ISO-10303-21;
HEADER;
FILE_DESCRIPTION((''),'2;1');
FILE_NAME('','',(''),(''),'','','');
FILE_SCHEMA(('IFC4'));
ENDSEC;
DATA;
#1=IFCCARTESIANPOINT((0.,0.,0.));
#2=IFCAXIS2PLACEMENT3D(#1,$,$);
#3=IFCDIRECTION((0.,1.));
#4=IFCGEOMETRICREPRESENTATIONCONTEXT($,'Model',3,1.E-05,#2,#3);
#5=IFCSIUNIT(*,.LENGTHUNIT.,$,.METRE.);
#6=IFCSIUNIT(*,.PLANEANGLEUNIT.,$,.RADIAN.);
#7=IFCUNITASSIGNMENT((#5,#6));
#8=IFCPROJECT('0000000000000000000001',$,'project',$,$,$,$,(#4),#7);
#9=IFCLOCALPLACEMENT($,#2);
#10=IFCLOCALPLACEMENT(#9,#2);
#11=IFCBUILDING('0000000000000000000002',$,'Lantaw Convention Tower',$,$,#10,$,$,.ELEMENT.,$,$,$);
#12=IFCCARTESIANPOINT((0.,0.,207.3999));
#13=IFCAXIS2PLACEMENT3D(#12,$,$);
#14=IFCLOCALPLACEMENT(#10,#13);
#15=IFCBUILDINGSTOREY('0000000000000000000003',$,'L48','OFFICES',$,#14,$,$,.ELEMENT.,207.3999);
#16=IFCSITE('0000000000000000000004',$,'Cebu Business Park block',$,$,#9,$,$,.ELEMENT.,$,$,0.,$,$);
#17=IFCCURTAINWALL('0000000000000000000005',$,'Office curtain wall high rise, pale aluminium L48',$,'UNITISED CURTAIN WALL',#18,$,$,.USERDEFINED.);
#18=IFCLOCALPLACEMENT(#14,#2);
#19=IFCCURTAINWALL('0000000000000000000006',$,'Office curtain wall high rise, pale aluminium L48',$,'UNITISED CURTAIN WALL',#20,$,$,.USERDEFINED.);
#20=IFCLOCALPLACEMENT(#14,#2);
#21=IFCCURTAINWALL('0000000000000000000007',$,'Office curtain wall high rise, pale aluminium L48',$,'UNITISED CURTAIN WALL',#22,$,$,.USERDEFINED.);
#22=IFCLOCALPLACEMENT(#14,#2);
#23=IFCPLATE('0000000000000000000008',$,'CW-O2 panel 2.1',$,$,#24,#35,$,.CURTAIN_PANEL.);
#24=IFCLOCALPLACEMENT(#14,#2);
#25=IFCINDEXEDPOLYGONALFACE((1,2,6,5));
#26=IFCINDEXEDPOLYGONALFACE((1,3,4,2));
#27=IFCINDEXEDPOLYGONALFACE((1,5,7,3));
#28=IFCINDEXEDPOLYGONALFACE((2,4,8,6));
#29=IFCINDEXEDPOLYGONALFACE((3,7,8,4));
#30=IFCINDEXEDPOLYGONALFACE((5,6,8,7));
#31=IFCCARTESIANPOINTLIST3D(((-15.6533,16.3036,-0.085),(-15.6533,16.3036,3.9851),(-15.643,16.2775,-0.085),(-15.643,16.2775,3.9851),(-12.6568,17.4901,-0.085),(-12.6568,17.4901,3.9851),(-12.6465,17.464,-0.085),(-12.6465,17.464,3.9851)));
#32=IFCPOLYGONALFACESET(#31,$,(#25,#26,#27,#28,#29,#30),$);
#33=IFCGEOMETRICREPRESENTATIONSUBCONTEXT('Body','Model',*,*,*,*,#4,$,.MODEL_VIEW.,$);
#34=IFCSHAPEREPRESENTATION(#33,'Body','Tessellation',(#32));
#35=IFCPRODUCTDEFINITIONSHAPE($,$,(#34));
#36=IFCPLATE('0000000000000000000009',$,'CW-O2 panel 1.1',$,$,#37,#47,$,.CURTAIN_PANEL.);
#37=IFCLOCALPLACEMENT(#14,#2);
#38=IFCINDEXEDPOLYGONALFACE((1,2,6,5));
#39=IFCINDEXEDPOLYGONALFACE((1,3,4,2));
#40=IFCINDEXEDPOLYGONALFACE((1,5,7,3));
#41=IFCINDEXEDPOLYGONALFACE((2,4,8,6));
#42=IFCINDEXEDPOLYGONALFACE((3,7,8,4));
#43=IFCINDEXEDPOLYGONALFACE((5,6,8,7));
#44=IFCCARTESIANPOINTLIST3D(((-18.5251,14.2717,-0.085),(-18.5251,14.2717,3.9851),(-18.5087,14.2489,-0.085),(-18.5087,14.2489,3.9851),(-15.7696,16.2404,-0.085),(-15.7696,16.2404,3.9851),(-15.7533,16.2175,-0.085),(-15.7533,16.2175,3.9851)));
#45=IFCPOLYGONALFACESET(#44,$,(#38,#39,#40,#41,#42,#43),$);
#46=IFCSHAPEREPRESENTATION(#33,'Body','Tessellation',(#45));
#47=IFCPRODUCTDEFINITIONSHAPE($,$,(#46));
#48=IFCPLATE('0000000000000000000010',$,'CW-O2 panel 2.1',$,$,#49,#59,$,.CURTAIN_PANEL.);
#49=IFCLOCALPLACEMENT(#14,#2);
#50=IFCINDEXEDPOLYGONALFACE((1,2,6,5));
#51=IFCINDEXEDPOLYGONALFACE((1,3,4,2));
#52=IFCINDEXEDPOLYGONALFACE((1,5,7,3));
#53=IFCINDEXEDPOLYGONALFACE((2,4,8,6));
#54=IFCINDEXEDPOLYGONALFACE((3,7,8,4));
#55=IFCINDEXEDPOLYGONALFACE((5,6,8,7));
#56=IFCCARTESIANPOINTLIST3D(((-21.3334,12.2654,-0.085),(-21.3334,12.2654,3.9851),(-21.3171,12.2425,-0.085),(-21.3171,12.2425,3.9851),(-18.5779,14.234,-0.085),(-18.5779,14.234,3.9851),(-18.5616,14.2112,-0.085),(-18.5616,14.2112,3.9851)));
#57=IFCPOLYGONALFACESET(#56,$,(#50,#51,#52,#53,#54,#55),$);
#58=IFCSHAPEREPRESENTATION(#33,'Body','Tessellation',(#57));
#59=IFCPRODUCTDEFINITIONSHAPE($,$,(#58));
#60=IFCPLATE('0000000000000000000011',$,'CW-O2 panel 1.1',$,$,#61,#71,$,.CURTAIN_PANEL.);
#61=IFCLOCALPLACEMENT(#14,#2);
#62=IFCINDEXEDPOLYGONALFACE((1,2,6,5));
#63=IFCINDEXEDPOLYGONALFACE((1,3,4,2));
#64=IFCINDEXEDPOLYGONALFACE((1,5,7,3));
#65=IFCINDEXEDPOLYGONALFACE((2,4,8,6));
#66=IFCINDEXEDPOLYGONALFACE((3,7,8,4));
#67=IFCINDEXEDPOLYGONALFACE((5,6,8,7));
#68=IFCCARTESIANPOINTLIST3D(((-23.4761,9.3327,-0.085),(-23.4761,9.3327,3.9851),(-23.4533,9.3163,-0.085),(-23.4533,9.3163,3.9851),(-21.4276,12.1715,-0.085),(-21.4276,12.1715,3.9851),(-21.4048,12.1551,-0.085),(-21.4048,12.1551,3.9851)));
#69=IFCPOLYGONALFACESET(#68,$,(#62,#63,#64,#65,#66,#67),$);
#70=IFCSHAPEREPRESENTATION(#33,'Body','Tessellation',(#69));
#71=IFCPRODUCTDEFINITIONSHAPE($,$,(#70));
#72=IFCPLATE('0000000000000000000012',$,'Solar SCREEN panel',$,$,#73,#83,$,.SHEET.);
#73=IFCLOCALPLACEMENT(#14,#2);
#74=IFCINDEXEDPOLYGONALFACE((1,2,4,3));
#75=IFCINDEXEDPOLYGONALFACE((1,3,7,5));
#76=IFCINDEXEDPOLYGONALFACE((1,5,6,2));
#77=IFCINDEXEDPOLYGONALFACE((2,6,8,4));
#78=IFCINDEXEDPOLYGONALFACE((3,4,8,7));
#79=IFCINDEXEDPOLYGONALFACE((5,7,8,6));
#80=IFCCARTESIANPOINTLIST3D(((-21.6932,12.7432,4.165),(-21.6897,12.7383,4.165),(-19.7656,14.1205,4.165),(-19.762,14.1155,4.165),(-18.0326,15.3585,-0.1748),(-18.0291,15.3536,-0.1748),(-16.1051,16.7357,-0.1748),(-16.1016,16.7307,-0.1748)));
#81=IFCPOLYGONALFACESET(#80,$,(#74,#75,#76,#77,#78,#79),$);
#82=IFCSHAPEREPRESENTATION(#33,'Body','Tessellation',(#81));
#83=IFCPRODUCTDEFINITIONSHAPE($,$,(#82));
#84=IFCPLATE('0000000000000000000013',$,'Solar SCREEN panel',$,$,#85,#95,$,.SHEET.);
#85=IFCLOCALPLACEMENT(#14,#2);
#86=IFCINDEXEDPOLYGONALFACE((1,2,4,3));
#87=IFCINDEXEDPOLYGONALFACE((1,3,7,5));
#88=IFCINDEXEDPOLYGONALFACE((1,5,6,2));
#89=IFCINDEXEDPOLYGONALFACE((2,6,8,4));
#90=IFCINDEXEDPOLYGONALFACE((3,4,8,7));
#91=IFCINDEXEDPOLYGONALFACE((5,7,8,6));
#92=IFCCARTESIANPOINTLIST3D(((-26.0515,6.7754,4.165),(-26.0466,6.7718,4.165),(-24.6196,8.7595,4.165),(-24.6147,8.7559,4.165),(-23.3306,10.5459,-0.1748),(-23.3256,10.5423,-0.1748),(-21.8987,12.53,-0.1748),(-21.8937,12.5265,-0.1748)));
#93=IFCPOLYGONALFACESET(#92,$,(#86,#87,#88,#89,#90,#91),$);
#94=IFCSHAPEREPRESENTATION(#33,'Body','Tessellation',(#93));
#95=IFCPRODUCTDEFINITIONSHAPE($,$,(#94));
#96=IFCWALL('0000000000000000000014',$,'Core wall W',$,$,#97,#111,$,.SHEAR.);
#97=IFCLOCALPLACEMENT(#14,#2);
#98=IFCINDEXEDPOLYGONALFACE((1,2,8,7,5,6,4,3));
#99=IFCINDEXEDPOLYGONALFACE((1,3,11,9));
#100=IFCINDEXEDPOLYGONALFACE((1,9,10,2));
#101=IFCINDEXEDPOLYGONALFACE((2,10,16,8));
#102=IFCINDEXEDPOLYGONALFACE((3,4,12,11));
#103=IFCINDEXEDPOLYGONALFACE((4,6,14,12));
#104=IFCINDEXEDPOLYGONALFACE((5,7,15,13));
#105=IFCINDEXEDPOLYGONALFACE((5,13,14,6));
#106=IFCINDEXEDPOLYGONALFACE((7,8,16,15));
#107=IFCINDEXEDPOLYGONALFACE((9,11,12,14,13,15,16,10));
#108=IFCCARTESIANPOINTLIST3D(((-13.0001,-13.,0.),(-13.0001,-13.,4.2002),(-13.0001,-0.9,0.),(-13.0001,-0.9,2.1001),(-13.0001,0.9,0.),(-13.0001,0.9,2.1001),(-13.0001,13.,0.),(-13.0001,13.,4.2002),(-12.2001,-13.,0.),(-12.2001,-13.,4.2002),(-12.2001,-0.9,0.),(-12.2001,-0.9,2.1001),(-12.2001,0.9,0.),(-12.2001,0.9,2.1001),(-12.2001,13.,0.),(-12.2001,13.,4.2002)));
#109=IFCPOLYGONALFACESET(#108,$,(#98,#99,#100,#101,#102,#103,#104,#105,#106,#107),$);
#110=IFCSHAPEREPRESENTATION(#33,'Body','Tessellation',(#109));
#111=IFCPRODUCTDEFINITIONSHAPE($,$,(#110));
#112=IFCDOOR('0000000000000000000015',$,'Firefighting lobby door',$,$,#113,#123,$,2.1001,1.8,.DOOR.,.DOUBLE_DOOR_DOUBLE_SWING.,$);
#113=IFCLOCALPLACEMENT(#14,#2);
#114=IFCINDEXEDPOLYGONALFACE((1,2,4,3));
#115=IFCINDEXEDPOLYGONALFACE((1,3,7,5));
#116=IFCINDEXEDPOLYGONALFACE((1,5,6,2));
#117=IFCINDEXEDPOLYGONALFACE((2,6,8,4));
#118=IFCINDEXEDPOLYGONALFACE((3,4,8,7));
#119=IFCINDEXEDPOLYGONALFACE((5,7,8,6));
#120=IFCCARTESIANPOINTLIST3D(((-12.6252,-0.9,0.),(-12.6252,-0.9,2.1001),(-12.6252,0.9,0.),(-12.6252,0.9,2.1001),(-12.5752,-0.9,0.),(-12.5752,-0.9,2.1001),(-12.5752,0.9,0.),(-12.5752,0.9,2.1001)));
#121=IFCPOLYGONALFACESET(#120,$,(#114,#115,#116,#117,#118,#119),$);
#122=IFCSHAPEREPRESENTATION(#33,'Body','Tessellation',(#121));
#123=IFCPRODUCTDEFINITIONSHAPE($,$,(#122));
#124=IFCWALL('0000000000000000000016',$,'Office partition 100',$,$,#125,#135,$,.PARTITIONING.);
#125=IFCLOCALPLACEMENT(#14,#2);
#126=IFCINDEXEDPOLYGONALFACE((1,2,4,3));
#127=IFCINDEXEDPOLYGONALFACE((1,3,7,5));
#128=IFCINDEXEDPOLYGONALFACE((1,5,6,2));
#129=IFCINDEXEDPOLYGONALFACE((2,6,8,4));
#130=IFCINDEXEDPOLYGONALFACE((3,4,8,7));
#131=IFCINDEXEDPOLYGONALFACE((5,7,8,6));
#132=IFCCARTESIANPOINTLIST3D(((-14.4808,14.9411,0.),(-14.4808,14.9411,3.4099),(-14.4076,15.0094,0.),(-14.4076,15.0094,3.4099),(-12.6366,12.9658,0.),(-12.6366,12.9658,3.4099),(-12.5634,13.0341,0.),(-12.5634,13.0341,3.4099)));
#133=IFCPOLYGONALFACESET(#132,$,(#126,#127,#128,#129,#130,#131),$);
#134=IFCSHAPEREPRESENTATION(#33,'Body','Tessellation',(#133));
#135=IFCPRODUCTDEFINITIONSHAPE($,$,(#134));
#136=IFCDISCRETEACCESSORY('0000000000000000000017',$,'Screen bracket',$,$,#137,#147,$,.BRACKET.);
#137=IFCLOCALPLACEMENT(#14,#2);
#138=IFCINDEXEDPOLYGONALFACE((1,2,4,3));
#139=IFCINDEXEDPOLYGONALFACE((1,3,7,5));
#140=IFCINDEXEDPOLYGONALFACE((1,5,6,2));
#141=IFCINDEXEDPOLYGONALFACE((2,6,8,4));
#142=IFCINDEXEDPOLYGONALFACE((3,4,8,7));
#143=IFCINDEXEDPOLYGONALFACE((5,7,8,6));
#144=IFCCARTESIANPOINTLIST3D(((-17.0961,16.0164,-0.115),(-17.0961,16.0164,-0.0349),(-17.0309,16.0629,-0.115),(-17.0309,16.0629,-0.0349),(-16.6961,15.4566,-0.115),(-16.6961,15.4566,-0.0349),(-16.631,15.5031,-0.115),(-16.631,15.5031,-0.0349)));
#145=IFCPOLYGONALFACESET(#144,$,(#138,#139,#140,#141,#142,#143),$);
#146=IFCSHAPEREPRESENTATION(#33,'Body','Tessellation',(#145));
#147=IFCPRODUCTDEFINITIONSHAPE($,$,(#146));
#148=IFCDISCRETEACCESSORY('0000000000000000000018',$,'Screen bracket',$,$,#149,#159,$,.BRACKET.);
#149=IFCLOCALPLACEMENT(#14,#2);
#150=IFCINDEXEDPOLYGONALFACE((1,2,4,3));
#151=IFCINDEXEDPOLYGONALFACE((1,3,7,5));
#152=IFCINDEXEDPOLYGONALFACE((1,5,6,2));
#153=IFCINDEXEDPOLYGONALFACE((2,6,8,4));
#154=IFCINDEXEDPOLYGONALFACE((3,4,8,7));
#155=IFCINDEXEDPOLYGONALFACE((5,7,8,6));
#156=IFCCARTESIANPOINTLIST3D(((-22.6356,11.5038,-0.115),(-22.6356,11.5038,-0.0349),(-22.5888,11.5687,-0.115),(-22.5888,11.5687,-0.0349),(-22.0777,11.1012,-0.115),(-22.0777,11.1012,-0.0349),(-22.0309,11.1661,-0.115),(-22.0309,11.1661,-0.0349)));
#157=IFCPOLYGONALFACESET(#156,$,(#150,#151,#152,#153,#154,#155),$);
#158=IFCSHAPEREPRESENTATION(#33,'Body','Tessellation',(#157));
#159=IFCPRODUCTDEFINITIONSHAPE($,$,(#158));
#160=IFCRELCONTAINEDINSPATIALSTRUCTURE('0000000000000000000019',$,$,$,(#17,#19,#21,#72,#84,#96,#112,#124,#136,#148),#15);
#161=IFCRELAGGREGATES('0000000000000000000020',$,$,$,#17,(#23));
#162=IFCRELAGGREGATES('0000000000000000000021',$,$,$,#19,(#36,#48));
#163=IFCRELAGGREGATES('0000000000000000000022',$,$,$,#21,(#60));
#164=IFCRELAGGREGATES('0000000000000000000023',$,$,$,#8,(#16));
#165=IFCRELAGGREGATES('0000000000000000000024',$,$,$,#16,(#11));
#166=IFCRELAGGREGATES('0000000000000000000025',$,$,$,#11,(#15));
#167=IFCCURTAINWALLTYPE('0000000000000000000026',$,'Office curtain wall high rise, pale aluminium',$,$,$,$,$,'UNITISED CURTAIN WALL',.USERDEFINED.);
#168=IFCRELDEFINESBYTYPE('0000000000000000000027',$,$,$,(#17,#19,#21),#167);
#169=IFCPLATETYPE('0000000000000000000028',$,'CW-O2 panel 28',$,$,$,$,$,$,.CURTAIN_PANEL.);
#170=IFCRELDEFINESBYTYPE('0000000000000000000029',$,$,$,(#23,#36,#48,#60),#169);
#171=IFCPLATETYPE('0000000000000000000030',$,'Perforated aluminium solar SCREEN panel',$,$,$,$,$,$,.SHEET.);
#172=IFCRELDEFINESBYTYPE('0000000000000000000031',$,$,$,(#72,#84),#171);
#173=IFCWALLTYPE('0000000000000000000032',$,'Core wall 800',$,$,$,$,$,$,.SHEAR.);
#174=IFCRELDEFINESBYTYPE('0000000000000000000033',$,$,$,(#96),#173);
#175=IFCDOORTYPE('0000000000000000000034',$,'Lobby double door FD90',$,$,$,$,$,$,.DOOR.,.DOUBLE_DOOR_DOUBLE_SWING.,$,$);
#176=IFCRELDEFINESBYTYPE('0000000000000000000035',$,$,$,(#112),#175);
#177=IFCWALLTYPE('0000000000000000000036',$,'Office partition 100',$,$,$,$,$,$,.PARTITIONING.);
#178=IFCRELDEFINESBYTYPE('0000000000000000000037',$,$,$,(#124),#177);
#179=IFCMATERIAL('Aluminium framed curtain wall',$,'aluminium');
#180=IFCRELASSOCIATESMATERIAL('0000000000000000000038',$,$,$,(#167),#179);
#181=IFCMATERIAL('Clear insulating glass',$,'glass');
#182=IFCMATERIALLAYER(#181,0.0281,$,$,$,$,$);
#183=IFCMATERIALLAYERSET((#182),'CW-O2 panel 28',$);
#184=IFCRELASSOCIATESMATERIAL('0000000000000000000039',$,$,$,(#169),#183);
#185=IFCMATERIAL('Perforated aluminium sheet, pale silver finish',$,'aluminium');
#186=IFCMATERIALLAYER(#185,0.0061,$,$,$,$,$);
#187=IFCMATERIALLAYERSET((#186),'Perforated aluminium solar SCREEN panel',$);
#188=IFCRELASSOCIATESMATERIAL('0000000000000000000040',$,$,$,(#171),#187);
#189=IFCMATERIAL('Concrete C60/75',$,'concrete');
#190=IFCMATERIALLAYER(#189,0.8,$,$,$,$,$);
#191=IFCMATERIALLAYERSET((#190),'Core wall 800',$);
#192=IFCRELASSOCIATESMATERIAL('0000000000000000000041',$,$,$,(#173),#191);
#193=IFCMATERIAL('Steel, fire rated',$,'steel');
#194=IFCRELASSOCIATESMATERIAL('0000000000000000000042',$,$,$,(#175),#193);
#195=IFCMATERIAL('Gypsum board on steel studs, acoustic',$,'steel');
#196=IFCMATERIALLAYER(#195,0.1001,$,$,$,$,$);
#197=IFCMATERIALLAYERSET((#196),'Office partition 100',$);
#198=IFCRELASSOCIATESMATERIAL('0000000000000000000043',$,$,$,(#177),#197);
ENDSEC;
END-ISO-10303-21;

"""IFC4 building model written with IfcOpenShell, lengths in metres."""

from ifc_helpers import new_model, si_unit, direction, frame, frame_2d, origin, origin_2d, place, context, subcontext, project, spatial, polyline, rectangle, outline, extrude, material, layer, layer_set, type_object, element, fill, aggregate, save


model = new_model("IFC4")

# Units and contexts
model_context = context("Model", 3, precision=1e-05, world=origin(), true_north=direction((0.0, 1.0)))
body_context = subcontext(model_context, "Body", "Model", "MODEL_VIEW")
ifc_project = project(units=[si_unit("LENGTHUNIT", "METRE"), si_unit("PLANEANGLEUNIT", "RADIAN")], contexts=[model_context])

# Site, building, storey
site_placement = place(None, origin())
site = spatial("IfcSite", under=ifc_project, at=site_placement, Name="Cebu Business Park block", CompositionType="ELEMENT", RefElevation=0.0)
building_placement = place(site_placement, origin())
building = spatial("IfcBuilding", under=site, at=building_placement, Name="Lantaw Convention Tower", CompositionType="ELEMENT")
storey_placement = place(building_placement, frame((0.0, 0.0, 207.3999)))
storey = spatial("IfcBuildingStorey", under=building, at=storey_placement, Name="L48", Description="OFFICES", CompositionType="ELEMENT", Elevation=207.3999)

# Shared definitions
ifc_material_1 = material(Name="Concrete C60/75", Category="concrete")

# Curtain walls
ifc_material_2 = material(Name="Aluminium framed curtain wall", Category="aluminium")
curtain_wall_type = type_object("IfcCurtainWallType", Name="Office curtain wall high rise, pale aluminium", ElementType="UNITISED CURTAIN WALL", PredefinedType="USERDEFINED", material=ifc_material_2)
curtain_wall_1_placement = place(storey_placement, origin())
curtain_wall_1 = element("IfcCurtainWall", 1, at=curtain_wall_1_placement, inside=storey, type_object=curtain_wall_type, Name="Office curtain wall high rise, pale aluminium L48", ObjectType="UNITISED CURTAIN WALL", PredefinedType="USERDEFINED")
curtain_wall_2_placement = place(storey_placement, origin())
curtain_wall_2 = element("IfcCurtainWall", 2, at=curtain_wall_2_placement, inside=storey, type_object=curtain_wall_type, Name="Office curtain wall high rise, pale aluminium L48", ObjectType="UNITISED CURTAIN WALL", PredefinedType="USERDEFINED")
curtain_wall_3_placement = place(storey_placement, origin())
curtain_wall_3 = element("IfcCurtainWall", 3, at=curtain_wall_3_placement, inside=storey, type_object=curtain_wall_type, Name="Office curtain wall high rise, pale aluminium L48", ObjectType="UNITISED CURTAIN WALL", PredefinedType="USERDEFINED")

# Plates
ifc_material_3 = material(Name="Clear insulating glass", Category="glass")
ifc_layer_1 = layer(ifc_material_3, 0.0281)
ifc_layer_set_1 = layer_set([ifc_layer_1], Name="CW-O2 panel 28")
plate_type_1 = type_object("IfcPlateType", Name="CW-O2 panel 28", PredefinedType="CURTAIN_PANEL", material=ifc_layer_set_1)
plate_1_placement = place(storey_placement, frame((-14.1499, 16.8838, -0.085), z_axis=(0.0, 0.0, 1.0), x_axis=(-0.929762, -0.368162, 0.0)))
plate_1 = element("IfcPlate", 4, at=plate_1_placement, type_object=plate_type_1, Name="CW-O2 panel 2.1", PredefinedType="CURTAIN_PANEL", context=body_context, shape_type="SweptSolid", body=[
    extrude(rectangle(XDim=3.2229, YDim=0.0281, at=origin_2d()), origin(), (0.0, 0.0, 1.0), 4.0701),
])
aggregate(curtain_wall_1, [plate_1])
plate_2_placement = place(storey_placement, frame((-17.1392, 15.2446, -0.085), z_axis=(0.0, 0.0, 1.0), x_axis=(-0.813673, -0.581323, 0.0)))
plate_2 = element("IfcPlate", 5, at=plate_2_placement, type_object=plate_type_1, Name="CW-O2 panel 1.1", PredefinedType="CURTAIN_PANEL", context=body_context, shape_type="SweptSolid", body=[
    extrude(rectangle(XDim=3.3865, YDim=0.0281, at=origin_2d()), origin(), (0.0, 0.0, 1.0), 4.0701),
])
plate_3_placement = place(storey_placement, frame((-19.9475, 13.2383, -0.085), z_axis=(0.0, 0.0, 1.0), x_axis=(-0.813673, -0.581323, 0.0)))
plate_3 = element("IfcPlate", 6, at=plate_3_placement, type_object=plate_type_1, Name="CW-O2 panel 2.1", PredefinedType="CURTAIN_PANEL", context=body_context, shape_type="SweptSolid", body=[
    extrude(rectangle(XDim=3.3865, YDim=0.0281, at=origin_2d()), origin(), (0.0, 0.0, 1.0), 4.0701),
])
aggregate(curtain_wall_2, [plate_2, plate_3])
plate_4_placement = place(storey_placement, frame((-22.4404, 10.7439, -0.085), z_axis=(0.0, 0.0, 1.0), x_axis=(-0.585158, -0.81092, 0.0)))
plate_4 = element("IfcPlate", 7, at=plate_4_placement, type_object=plate_type_1, Name="CW-O2 panel 1.1", PredefinedType="CURTAIN_PANEL", context=body_context, shape_type="SweptSolid", body=[
    extrude(rectangle(XDim=3.5007, YDim=0.0281, at=origin_2d()), origin(), (0.0, 0.0, 1.0), 4.0701),
])
aggregate(curtain_wall_3, [plate_4])

# Plates
ifc_material_4 = material(Name="Perforated aluminium sheet, pale silver finish", Category="aluminium")
ifc_layer_2 = layer(ifc_material_4, 0.0061)
ifc_layer_set_2 = layer_set([ifc_layer_2], Name="Perforated aluminium solar SCREEN panel")
plate_type_2 = type_object("IfcPlateType", Name="Perforated aluminium solar SCREEN panel", PredefinedType="SHEET", material=ifc_layer_set_2)
plate_5_placement = place(storey_placement, frame((-16.1016, 16.7307, -0.1748), z_axis=(0.581331, -0.813667, 0.00001), x_axis=(-0.813667, -0.581331, 0.0)))
element("IfcPlate", 8, at=plate_5_placement, inside=storey, type_object=plate_type_2, Name="Solar SCREEN panel", PredefinedType="SHEET", context=body_context, shape_type="SweptSolid", body=[
    extrude(outline(polyline([(0.0, 0.0), (2.3689, 0.0), (6.8678, -4.3398), (4.4987, -4.3398), (0.0, 0.0)])), origin(), (0.0, 0.0, -1.0), 0.0061),
])
plate_6_placement = place(storey_placement, frame((-21.8987, 12.53, -0.1748), z_axis=(-0.810892, 0.585195, 0.00002), x_axis=(-0.585195, -0.810892, 0.0)))
element("IfcPlate", 9, at=plate_6_placement, inside=storey, type_object=plate_type_2, Name="Solar SCREEN panel", PredefinedType="SHEET", context=body_context, shape_type="SweptSolid", body=[
    extrude(outline(polyline([(0.0, 0.0), (2.4468, 0.0), (7.0966, 4.3398), (4.6498, 4.3398), (0.0, 0.0)])), origin(), (0.0, 0.0, -1.0), 0.0061),
])

# Wall, opening, door
ifc_layer_3 = layer(ifc_material_1, 0.8)
ifc_layer_set_3 = layer_set([ifc_layer_3], Name="Core wall 800")
wall_type_1 = type_object("IfcWallType", Name="Core wall 800", PredefinedType="SHEAR", material=ifc_layer_set_3)
wall_1_placement = place(storey_placement, frame((-12.6001, 13.0, 0.0), z_axis=(0.0, 0.0, 1.0), x_axis=(0.0, -1.0, 0.0)))
wall_1 = element("IfcWall", 10, at=wall_1_placement, inside=storey, type_object=wall_type_1, Name="Core wall W", PredefinedType="SHEAR", context=body_context, shape_type="SweptSolid", body=[
    extrude(rectangle(XDim=26.0, YDim=0.8, at=frame_2d((13.0, 0.0))), origin(), (0.0, 0.0, 1.0), 4.2002),
])
opening_placement = place(wall_1_placement, frame((12.1001, 0.0, 0.0)))
opening = element("IfcOpeningElement", 11, at=opening_placement, cuts=wall_1, PredefinedType="OPENING", context=body_context, shape_type="SweptSolid", body=[
    extrude(rectangle(XDim=1.8, YDim=2.1001, at=frame_2d((0.8999, 1.05))), frame((0.0, 0.4099, 0.0), z_axis=(0.0, -1.0, 0.0), x_axis=(1.0, 0.0, 0.0)), (0.0, 0.0, 1.0), 0.8201),
])
ifc_material_5 = material(Name="Steel, fire rated", Category="steel")
door_type = type_object("IfcDoorType", Name="Lobby double door FD90", OperationType="DOUBLE_DOOR_DOUBLE_SWING", PredefinedType="DOOR", material=ifc_material_5)
door_placement = place(opening_placement, origin())
door = element("IfcDoor", 12, at=door_placement, inside=storey, type_object=door_type, Name="Firefighting lobby door", OperationType="DOUBLE_DOOR_DOUBLE_SWING", OverallHeight=2.1001, OverallWidth=1.8, PredefinedType="DOOR", context=body_context, shape_type="SweptSolid", body=[
    extrude(rectangle(XDim=1.8, YDim=2.1001, at=frame_2d((0.8999, 1.05))), frame((0.0, 0.0249, 0.0), z_axis=(0.0, -1.0, 0.0), x_axis=(1.0, 0.0, 0.0)), (0.0, 0.0, 1.0), 0.05),
])
fill(opening, door)

# Wall
ifc_material_6 = material(Name="Gypsum board on steel studs, acoustic", Category="steel")
ifc_layer_4 = layer(ifc_material_6, 0.1001)
ifc_layer_set_4 = layer_set([ifc_layer_4], Name="Office partition 100")
wall_type_2 = type_object("IfcWallType", Name="Office partition 100", PredefinedType="PARTITIONING", material=ifc_layer_set_4)
wall_2_placement = place(storey_placement, frame((-12.6001, 13.0, 0.0), z_axis=(0.0, 0.0, 1.0), x_axis=(-0.682434, 0.730947, 0.0)))
element("IfcWall", 13, at=wall_2_placement, inside=storey, type_object=wall_type_2, Name="Office partition 100", PredefinedType="PARTITIONING", context=body_context, shape_type="SweptSolid", body=[
    extrude(rectangle(XDim=2.7024, YDim=0.1001, at=frame_2d((1.3511, 0.0))), origin(), (0.0, 0.0, 1.0), 3.4099),
])

# Discrete accessories
for number, where, z_axis, x_axis, name in (
    (14, (-16.8635, 15.7598, -0.115), (0.0, 0.0, 1.0), (-0.813673, -0.581323, 0.0), "Screen bracket"),
    (15, (-22.3333, 11.335, -0.115), (0.0, 0.0, 1.0), (-0.585158, -0.81092, 0.0), "Screen bracket"),
):
    element("IfcDiscreteAccessory", number, at=place(storey_placement, frame(where, z_axis=z_axis, x_axis=x_axis)), inside=storey, Name=name, PredefinedType="BRACKET", context=body_context, shape_type="SweptSolid", body=[
        extrude(rectangle(XDim=0.0801, YDim=0.688, at=origin_2d()), origin(), (0.0, 0.0, 1.0), 0.0801),
    ])

save(model, "model.ifc")
